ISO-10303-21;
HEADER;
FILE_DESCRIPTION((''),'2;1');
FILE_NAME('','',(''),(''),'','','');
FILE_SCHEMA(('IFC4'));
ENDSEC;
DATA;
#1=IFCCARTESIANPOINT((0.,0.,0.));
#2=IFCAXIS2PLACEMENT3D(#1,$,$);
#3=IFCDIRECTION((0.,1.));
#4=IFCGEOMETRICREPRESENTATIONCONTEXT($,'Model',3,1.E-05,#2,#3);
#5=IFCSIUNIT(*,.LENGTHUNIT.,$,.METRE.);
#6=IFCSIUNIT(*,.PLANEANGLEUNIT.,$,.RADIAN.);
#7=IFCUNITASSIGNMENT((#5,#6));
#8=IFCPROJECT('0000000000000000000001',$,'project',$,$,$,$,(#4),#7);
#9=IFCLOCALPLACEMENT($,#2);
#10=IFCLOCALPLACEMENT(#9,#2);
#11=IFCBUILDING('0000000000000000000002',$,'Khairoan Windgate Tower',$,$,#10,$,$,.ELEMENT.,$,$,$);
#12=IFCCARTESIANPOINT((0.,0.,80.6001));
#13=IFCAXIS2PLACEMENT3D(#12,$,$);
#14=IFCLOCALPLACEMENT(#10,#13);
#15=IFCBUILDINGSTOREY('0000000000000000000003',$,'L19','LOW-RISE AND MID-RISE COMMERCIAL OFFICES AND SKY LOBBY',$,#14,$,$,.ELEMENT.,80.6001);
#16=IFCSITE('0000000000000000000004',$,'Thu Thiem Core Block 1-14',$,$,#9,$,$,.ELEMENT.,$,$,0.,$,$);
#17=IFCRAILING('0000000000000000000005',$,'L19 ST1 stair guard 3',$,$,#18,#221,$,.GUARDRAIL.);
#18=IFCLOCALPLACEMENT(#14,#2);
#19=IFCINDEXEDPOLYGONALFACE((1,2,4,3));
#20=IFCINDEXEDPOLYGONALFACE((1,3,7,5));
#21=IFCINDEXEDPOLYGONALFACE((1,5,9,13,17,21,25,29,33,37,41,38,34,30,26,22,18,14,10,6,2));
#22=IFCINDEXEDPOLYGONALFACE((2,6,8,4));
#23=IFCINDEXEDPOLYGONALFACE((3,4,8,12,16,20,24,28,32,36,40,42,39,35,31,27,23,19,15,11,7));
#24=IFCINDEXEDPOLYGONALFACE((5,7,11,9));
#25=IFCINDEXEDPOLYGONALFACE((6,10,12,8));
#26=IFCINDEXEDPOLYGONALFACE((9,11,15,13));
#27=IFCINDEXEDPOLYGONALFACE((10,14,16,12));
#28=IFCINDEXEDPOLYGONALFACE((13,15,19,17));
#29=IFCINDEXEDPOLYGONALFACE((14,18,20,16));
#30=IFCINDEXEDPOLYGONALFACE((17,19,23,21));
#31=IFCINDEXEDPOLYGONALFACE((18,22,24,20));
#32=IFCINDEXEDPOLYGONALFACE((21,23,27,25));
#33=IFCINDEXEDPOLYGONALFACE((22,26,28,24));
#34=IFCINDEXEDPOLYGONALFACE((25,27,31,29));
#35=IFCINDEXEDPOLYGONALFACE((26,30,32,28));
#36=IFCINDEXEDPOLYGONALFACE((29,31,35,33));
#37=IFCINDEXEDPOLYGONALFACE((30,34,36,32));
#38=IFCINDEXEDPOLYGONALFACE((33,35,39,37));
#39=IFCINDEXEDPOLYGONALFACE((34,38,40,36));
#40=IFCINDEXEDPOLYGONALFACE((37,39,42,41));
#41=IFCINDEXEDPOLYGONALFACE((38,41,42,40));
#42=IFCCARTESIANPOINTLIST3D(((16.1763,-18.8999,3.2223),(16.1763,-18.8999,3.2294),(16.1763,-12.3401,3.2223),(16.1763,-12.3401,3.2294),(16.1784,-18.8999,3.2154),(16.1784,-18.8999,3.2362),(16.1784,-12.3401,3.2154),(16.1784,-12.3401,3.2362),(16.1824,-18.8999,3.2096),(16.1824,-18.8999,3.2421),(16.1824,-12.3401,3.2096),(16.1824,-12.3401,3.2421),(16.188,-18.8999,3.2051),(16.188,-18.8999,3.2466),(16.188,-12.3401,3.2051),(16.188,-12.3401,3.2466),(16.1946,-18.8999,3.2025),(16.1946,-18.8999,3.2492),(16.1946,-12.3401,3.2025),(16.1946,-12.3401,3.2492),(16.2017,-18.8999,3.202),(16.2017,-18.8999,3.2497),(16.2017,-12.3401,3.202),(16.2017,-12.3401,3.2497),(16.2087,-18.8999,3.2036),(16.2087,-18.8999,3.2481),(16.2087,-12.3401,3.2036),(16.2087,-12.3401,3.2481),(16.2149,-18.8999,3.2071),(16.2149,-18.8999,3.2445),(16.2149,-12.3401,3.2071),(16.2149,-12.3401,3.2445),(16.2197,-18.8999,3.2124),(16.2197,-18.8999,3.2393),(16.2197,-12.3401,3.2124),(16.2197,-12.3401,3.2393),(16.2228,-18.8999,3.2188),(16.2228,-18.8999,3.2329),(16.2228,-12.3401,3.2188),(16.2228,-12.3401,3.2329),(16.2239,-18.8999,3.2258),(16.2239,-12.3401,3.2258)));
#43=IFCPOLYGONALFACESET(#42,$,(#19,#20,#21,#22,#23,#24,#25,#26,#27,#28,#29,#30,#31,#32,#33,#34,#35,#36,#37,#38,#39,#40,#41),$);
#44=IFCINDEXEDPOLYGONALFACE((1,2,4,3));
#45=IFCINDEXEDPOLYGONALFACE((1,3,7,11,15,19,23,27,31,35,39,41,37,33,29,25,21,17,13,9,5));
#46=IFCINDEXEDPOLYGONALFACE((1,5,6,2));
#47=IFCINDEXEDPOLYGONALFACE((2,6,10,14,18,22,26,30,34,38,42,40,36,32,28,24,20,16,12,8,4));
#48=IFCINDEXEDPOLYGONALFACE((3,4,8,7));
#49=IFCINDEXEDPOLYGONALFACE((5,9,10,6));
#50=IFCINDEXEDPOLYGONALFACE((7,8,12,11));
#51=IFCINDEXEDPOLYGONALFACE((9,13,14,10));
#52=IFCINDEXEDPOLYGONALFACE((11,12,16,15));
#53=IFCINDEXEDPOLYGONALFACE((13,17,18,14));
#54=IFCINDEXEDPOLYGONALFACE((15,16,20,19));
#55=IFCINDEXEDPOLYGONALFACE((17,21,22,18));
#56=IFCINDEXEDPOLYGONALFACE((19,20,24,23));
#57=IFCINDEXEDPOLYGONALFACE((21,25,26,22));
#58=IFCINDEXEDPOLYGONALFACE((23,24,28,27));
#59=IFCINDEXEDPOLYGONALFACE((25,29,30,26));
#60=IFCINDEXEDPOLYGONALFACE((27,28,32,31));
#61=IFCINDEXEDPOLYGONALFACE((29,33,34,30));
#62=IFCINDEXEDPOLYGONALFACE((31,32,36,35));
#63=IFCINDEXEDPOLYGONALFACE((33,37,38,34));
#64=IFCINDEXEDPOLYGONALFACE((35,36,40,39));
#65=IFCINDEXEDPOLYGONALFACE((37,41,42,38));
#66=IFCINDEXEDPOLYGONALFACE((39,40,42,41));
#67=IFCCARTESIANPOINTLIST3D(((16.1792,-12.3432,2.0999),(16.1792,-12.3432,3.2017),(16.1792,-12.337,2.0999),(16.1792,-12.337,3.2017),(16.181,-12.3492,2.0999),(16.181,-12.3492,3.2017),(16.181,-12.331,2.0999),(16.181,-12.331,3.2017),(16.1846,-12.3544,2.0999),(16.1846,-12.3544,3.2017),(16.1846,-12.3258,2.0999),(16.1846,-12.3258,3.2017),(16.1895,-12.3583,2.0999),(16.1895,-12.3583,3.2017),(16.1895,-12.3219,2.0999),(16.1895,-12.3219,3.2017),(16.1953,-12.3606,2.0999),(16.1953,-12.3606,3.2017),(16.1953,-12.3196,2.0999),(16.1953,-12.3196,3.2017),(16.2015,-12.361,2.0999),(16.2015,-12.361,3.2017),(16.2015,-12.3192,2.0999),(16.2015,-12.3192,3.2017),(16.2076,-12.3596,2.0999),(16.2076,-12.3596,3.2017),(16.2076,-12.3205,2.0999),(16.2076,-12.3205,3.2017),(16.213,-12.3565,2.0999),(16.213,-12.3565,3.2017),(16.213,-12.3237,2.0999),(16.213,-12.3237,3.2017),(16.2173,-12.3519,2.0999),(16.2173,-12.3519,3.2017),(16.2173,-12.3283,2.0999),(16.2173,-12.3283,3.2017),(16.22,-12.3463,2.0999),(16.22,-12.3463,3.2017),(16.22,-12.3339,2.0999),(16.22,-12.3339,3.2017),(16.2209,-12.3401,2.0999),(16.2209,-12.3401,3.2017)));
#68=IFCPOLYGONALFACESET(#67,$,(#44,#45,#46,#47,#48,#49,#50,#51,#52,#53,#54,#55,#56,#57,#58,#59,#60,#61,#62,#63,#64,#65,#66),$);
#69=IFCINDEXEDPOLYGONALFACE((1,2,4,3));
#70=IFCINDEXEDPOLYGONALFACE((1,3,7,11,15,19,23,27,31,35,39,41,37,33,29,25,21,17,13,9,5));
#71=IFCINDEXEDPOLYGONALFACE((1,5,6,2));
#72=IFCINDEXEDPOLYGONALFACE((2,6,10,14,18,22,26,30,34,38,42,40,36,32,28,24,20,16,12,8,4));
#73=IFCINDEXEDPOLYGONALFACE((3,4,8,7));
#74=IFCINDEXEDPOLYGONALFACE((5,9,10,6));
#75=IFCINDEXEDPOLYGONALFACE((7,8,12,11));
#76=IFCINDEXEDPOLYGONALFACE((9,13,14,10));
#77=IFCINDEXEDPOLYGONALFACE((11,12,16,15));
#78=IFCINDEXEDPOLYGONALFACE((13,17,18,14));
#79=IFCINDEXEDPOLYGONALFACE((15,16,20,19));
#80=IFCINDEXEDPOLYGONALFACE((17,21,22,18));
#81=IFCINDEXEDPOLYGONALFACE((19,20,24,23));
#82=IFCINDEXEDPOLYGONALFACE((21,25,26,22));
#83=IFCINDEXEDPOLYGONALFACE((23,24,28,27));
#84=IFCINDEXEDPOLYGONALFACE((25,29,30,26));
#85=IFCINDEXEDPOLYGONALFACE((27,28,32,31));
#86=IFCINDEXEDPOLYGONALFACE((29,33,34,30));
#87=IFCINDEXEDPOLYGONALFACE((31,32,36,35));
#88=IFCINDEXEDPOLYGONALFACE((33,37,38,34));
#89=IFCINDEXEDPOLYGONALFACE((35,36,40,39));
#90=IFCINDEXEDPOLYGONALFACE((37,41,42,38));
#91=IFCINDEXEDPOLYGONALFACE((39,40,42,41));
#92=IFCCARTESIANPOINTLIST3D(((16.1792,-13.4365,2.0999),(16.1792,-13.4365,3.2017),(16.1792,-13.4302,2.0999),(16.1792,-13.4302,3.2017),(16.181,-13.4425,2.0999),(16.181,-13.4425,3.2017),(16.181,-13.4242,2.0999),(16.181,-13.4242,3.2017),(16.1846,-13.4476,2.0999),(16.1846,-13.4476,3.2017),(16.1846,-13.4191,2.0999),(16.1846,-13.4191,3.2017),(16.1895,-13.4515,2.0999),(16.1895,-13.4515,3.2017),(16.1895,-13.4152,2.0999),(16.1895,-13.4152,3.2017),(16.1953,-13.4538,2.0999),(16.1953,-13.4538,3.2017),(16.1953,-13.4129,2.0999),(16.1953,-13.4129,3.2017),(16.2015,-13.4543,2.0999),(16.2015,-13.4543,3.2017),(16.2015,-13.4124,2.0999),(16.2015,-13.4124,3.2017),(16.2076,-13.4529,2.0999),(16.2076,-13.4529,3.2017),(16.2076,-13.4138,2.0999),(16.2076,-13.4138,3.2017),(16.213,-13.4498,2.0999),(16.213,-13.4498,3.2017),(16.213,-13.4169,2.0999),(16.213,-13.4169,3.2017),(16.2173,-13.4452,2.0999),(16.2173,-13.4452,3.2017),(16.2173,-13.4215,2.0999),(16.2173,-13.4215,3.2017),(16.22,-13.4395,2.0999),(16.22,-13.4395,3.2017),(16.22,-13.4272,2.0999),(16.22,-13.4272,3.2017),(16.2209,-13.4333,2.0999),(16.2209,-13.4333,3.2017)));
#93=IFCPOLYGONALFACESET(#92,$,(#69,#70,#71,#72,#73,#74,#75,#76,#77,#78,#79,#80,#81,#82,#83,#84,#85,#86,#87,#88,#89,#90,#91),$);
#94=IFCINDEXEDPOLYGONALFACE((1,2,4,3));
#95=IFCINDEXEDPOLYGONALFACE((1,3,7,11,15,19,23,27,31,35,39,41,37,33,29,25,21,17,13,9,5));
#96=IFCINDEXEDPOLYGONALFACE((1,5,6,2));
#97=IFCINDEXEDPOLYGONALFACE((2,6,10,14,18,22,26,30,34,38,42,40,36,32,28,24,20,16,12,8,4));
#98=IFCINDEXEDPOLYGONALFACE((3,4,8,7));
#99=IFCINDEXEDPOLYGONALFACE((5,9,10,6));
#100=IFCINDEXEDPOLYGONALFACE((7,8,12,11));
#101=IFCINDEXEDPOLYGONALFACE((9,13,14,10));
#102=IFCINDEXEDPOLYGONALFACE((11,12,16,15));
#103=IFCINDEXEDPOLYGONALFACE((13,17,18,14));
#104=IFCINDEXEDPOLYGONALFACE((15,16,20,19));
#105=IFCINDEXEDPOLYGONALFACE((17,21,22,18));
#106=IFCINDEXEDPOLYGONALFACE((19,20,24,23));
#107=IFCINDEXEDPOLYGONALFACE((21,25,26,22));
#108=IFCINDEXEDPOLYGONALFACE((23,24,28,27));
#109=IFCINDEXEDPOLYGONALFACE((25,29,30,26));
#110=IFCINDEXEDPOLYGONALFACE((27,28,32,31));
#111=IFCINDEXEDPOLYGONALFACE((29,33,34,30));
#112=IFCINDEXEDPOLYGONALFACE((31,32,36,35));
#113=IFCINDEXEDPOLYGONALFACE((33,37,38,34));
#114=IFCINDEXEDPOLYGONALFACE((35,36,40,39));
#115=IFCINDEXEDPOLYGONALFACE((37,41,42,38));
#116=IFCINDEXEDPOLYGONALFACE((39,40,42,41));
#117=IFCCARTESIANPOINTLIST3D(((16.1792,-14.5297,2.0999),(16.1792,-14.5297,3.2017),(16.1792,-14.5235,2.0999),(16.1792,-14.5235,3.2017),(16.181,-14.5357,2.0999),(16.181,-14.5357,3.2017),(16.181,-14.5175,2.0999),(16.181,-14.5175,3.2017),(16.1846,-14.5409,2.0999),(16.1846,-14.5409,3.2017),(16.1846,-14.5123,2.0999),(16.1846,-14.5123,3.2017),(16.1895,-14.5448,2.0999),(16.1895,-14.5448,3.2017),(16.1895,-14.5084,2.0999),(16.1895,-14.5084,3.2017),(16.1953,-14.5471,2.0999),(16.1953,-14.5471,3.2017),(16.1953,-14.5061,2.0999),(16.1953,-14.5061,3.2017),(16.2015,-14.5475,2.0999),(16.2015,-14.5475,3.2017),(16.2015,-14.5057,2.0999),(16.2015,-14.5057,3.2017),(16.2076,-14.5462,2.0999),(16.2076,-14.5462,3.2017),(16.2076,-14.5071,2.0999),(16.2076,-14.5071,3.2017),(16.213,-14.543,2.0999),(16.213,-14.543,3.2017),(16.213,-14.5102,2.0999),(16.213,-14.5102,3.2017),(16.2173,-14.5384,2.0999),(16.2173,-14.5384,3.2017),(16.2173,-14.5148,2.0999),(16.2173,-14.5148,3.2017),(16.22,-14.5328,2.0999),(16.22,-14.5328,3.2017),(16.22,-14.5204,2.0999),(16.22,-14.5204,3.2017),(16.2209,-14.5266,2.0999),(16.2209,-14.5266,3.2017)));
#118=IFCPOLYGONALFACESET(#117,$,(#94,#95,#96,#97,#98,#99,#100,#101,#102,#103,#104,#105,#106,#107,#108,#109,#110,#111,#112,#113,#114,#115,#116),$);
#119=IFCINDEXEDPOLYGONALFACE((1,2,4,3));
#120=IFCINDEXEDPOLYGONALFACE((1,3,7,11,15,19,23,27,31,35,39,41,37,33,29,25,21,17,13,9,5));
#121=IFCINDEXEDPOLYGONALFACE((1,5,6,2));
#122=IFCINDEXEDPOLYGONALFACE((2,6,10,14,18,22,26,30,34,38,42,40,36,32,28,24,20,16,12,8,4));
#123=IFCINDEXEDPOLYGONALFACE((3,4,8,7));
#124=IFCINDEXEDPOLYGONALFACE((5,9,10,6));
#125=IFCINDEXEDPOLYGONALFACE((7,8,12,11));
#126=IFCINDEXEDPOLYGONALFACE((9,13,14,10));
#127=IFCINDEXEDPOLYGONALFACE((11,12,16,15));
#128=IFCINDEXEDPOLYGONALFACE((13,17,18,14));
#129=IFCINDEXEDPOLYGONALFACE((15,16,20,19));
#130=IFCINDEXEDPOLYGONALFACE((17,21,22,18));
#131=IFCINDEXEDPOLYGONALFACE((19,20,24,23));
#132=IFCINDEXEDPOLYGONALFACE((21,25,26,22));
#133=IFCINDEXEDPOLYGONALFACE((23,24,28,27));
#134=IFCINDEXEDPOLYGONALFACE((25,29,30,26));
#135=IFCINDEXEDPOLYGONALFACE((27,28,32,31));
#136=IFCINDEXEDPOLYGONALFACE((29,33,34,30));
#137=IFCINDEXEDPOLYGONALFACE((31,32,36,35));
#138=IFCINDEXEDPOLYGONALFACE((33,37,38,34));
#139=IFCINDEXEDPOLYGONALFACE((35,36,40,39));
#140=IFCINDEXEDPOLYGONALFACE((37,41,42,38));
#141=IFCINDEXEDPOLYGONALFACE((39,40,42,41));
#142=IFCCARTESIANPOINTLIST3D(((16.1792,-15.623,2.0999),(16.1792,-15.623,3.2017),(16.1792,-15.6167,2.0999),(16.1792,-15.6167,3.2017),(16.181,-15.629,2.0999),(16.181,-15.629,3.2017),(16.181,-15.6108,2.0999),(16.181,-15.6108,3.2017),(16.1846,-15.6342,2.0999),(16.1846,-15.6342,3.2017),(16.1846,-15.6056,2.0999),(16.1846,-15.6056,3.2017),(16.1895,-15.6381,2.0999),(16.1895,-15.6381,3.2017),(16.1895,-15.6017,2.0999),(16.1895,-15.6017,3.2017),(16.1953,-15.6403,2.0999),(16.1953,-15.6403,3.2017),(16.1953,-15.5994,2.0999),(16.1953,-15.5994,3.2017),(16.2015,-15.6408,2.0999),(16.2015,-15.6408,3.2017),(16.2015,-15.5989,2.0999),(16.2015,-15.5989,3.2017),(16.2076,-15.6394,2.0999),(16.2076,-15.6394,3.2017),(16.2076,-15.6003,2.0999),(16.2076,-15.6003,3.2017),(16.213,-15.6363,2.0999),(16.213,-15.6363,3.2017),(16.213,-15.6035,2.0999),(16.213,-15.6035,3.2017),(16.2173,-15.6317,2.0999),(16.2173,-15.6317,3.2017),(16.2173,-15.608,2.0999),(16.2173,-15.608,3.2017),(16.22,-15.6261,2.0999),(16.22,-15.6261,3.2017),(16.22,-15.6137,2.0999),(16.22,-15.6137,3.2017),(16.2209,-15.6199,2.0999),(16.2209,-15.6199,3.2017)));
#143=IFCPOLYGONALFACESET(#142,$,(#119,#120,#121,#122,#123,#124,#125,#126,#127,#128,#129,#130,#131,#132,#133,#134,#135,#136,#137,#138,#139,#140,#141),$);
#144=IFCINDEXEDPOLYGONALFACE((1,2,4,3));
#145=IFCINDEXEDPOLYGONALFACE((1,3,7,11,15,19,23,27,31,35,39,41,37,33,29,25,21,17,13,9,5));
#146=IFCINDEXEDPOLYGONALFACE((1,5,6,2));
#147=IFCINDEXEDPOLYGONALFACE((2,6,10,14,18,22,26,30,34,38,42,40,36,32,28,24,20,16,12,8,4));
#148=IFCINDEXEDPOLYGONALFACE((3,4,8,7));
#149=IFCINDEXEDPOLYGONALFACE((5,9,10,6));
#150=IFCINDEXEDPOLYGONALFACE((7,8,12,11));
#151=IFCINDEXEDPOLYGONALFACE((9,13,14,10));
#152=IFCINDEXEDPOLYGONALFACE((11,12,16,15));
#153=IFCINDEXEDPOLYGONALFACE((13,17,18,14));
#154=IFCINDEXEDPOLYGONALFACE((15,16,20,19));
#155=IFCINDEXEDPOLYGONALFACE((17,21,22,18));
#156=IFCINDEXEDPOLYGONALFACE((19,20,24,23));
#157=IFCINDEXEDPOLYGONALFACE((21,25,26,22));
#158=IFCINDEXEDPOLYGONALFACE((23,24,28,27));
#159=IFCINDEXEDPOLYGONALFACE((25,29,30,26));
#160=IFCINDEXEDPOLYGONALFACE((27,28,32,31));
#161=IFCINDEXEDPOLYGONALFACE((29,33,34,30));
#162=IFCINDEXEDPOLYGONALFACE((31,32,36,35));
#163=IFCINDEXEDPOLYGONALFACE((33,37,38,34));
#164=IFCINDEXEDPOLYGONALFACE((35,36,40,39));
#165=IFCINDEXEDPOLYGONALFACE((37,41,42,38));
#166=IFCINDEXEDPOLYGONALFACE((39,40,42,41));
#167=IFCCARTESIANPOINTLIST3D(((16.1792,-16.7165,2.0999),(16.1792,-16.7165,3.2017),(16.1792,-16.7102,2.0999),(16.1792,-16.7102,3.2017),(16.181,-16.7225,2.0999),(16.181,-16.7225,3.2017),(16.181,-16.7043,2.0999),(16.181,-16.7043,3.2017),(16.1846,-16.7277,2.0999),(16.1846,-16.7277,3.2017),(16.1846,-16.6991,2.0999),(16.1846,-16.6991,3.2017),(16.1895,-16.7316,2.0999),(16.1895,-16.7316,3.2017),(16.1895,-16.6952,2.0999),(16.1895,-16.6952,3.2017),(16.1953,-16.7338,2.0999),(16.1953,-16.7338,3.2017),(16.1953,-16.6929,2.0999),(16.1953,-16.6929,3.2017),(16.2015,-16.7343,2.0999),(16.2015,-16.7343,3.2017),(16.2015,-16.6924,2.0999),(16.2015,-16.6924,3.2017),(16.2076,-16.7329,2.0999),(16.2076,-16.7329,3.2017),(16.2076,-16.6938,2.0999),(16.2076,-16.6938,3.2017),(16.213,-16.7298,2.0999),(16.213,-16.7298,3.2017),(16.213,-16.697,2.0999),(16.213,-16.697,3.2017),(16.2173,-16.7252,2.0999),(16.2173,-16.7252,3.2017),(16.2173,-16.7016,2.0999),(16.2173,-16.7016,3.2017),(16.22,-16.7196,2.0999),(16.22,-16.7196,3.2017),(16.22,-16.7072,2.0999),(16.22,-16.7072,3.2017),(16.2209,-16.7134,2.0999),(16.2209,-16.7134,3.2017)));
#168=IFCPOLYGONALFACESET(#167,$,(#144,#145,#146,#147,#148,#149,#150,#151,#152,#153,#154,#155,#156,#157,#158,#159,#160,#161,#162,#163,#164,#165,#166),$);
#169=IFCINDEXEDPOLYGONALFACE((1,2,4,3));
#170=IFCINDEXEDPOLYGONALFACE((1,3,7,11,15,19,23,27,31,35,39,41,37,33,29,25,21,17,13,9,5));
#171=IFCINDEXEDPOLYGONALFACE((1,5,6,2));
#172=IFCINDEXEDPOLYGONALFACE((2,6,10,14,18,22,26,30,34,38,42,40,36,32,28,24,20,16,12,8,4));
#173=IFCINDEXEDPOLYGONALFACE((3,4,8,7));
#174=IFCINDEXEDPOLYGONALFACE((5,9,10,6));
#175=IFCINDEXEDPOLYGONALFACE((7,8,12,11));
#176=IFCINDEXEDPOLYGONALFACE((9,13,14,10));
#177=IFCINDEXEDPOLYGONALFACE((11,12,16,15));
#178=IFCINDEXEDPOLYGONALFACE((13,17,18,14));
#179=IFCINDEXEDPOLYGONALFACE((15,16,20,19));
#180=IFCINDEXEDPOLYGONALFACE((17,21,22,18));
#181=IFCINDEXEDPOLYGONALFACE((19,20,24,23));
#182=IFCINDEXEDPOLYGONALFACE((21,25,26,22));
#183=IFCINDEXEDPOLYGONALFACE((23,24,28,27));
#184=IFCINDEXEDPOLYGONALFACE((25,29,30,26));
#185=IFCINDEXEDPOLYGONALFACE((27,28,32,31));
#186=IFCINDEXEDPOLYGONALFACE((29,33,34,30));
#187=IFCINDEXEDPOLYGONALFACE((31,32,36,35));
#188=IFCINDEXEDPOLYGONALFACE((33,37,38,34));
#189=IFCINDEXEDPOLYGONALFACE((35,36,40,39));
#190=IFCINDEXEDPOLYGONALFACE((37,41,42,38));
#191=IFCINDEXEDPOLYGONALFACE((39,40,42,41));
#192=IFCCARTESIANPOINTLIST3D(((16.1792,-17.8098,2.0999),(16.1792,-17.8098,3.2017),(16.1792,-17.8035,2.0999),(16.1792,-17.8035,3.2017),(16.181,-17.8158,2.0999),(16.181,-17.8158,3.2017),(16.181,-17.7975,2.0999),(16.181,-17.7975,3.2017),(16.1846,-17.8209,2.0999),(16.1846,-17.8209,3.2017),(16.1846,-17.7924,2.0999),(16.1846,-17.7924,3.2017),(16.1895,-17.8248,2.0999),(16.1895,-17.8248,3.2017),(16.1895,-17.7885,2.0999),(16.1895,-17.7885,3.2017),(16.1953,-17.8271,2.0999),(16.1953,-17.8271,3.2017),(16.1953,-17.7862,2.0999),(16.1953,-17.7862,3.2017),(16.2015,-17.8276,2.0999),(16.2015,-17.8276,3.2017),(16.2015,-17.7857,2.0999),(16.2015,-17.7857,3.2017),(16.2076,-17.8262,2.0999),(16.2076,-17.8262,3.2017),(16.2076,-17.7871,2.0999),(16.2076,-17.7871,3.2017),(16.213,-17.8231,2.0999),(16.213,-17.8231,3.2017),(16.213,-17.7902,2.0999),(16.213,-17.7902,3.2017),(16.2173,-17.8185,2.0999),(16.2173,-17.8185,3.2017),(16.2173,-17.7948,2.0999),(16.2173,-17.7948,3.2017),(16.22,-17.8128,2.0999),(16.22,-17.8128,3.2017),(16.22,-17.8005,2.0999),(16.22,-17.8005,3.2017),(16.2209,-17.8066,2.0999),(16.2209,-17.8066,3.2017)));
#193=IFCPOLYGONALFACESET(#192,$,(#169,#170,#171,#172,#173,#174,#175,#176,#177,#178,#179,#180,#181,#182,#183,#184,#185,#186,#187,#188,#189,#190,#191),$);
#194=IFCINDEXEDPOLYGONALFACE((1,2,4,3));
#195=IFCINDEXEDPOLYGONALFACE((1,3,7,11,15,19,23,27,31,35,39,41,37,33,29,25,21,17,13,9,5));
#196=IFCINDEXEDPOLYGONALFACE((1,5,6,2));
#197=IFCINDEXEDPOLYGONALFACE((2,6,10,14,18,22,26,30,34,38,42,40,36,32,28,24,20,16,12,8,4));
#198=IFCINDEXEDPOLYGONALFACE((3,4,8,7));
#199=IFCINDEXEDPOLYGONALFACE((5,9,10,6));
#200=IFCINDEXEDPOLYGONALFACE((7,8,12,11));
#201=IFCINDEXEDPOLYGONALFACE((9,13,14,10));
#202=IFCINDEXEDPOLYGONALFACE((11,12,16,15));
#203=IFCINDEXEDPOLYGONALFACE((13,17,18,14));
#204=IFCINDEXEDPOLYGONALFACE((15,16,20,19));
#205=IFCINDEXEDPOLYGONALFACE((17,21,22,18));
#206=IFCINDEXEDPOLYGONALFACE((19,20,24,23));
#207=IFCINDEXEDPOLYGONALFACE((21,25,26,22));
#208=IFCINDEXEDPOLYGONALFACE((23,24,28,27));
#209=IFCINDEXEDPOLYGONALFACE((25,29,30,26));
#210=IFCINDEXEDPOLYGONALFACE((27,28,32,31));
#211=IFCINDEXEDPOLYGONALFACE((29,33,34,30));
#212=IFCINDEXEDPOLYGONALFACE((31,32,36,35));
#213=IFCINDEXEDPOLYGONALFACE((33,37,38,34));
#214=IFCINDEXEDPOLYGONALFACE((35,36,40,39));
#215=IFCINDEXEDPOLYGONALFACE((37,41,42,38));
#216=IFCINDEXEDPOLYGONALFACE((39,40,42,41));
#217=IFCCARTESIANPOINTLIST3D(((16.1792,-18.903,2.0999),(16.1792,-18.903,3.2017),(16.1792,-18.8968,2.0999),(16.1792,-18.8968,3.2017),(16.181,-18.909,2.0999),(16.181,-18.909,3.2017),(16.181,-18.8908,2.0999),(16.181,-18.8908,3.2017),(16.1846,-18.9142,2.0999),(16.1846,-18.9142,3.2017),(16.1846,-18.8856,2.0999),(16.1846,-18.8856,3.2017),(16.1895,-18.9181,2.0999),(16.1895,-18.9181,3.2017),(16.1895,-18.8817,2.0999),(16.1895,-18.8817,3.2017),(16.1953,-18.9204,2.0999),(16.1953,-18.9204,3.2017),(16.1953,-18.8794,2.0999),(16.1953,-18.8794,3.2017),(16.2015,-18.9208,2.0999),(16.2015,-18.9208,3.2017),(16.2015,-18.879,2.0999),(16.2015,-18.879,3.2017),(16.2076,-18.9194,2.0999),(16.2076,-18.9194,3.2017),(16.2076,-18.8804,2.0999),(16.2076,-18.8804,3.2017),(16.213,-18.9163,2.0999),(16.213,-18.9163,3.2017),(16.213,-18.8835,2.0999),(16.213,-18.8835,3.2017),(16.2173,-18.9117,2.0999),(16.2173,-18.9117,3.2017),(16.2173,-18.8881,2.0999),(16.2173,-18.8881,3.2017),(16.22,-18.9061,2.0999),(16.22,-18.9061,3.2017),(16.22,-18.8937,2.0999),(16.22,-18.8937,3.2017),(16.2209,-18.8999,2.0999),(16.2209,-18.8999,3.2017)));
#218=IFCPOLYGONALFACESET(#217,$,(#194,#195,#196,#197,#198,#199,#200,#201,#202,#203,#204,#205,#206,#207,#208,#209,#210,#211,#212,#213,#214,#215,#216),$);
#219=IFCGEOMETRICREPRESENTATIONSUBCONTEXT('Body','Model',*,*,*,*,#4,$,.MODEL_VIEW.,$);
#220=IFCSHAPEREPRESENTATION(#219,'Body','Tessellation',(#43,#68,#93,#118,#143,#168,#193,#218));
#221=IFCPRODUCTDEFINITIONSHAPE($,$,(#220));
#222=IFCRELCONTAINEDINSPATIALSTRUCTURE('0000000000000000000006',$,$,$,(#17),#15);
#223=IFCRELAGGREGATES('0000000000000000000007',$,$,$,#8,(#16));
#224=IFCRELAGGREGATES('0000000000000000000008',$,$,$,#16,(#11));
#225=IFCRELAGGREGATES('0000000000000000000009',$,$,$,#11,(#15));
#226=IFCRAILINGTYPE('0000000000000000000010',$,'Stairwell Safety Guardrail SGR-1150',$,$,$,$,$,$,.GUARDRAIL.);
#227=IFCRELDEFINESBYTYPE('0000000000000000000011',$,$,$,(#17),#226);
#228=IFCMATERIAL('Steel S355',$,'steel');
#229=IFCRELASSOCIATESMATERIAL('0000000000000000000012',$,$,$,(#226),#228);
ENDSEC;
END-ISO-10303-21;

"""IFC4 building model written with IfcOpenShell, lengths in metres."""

from ifc_helpers import new_model, si_unit, direction, frame, origin, origin_2d, place, context, subcontext, project, spatial, circle, extrude, material, type_object, element, save


model = new_model("IFC4")

# Units and contexts
model_context = context("Model", 3, precision=1e-05, world=origin(), true_north=direction((0.0, 1.0)))
body_context = subcontext(model_context, "Body", "Model", "MODEL_VIEW")
ifc_project = project(units=[si_unit("LENGTHUNIT", "METRE"), si_unit("PLANEANGLEUNIT", "RADIAN")], contexts=[model_context])

# Site, building, storey
site_placement = place(None, origin())
site = spatial("IfcSite", under=ifc_project, at=site_placement, Name="Thu Thiem Core Block 1-14", CompositionType="ELEMENT", RefElevation=0.0)
building_placement = place(site_placement, origin())
building = spatial("IfcBuilding", under=site, at=building_placement, Name="Khairoan Windgate Tower", CompositionType="ELEMENT")
storey_placement = place(building_placement, frame((0.0, 0.0, 80.6001)))
storey = spatial("IfcBuildingStorey", under=building, at=storey_placement, Name="L19", Description="LOW-RISE AND MID-RISE COMMERCIAL OFFICES AND SKY LOBBY", CompositionType="ELEMENT", Elevation=80.6001)

# Railing
ifc_material_1 = material(Name="Steel S355", Category="steel")
railing_type = type_object("IfcRailingType", Name="Stairwell Safety Guardrail SGR-1150", PredefinedType="GUARDRAIL", material=ifc_material_1)
railing_1_placement = place(storey_placement, frame((16.2, -12.3401, 2.0999)))
element("IfcRailing", 1, at=railing_1_placement, inside=storey, type_object=railing_type, Name="L19 ST1 stair guard 3", PredefinedType="GUARDRAIL", context=body_context, shape_type="SweptSolid", body=[
    extrude(circle(Radius=0.0239, at=origin_2d()), frame((0.0, 0.0, 1.126), z_axis=(0.0, -1.0, 0.0), x_axis=(1.0, 0.0, 0.0)), (0.0, 0.0, 1.0), 6.5598),
    extrude(circle(Radius=0.021, at=origin_2d()), origin(), (0.0, 0.0, 1.0), 1.1018),
    extrude(circle(Radius=0.021, at=origin_2d()), frame((0.0, -1.0933, 0.0)), (0.0, 0.0, 1.0), 1.1018),
    extrude(circle(Radius=0.021, at=origin_2d()), frame((0.0, -2.1865, 0.0)), (0.0, 0.0, 1.0), 1.1018),
    extrude(circle(Radius=0.021, at=origin_2d()), frame((0.0, -3.2798, 0.0)), (0.0, 0.0, 1.0), 1.1018),
    extrude(circle(Radius=0.021, at=origin_2d()), frame((0.0, -4.3733, 0.0)), (0.0, 0.0, 1.0), 1.1018),
    extrude(circle(Radius=0.021, at=origin_2d()), frame((0.0, -5.4666, 0.0)), (0.0, 0.0, 1.0), 1.1018),
    extrude(circle(Radius=0.021, at=origin_2d()), frame((0.0, -6.5598, 0.0)), (0.0, 0.0, 1.0), 1.1018),
])

save(model, "model.ifc")
